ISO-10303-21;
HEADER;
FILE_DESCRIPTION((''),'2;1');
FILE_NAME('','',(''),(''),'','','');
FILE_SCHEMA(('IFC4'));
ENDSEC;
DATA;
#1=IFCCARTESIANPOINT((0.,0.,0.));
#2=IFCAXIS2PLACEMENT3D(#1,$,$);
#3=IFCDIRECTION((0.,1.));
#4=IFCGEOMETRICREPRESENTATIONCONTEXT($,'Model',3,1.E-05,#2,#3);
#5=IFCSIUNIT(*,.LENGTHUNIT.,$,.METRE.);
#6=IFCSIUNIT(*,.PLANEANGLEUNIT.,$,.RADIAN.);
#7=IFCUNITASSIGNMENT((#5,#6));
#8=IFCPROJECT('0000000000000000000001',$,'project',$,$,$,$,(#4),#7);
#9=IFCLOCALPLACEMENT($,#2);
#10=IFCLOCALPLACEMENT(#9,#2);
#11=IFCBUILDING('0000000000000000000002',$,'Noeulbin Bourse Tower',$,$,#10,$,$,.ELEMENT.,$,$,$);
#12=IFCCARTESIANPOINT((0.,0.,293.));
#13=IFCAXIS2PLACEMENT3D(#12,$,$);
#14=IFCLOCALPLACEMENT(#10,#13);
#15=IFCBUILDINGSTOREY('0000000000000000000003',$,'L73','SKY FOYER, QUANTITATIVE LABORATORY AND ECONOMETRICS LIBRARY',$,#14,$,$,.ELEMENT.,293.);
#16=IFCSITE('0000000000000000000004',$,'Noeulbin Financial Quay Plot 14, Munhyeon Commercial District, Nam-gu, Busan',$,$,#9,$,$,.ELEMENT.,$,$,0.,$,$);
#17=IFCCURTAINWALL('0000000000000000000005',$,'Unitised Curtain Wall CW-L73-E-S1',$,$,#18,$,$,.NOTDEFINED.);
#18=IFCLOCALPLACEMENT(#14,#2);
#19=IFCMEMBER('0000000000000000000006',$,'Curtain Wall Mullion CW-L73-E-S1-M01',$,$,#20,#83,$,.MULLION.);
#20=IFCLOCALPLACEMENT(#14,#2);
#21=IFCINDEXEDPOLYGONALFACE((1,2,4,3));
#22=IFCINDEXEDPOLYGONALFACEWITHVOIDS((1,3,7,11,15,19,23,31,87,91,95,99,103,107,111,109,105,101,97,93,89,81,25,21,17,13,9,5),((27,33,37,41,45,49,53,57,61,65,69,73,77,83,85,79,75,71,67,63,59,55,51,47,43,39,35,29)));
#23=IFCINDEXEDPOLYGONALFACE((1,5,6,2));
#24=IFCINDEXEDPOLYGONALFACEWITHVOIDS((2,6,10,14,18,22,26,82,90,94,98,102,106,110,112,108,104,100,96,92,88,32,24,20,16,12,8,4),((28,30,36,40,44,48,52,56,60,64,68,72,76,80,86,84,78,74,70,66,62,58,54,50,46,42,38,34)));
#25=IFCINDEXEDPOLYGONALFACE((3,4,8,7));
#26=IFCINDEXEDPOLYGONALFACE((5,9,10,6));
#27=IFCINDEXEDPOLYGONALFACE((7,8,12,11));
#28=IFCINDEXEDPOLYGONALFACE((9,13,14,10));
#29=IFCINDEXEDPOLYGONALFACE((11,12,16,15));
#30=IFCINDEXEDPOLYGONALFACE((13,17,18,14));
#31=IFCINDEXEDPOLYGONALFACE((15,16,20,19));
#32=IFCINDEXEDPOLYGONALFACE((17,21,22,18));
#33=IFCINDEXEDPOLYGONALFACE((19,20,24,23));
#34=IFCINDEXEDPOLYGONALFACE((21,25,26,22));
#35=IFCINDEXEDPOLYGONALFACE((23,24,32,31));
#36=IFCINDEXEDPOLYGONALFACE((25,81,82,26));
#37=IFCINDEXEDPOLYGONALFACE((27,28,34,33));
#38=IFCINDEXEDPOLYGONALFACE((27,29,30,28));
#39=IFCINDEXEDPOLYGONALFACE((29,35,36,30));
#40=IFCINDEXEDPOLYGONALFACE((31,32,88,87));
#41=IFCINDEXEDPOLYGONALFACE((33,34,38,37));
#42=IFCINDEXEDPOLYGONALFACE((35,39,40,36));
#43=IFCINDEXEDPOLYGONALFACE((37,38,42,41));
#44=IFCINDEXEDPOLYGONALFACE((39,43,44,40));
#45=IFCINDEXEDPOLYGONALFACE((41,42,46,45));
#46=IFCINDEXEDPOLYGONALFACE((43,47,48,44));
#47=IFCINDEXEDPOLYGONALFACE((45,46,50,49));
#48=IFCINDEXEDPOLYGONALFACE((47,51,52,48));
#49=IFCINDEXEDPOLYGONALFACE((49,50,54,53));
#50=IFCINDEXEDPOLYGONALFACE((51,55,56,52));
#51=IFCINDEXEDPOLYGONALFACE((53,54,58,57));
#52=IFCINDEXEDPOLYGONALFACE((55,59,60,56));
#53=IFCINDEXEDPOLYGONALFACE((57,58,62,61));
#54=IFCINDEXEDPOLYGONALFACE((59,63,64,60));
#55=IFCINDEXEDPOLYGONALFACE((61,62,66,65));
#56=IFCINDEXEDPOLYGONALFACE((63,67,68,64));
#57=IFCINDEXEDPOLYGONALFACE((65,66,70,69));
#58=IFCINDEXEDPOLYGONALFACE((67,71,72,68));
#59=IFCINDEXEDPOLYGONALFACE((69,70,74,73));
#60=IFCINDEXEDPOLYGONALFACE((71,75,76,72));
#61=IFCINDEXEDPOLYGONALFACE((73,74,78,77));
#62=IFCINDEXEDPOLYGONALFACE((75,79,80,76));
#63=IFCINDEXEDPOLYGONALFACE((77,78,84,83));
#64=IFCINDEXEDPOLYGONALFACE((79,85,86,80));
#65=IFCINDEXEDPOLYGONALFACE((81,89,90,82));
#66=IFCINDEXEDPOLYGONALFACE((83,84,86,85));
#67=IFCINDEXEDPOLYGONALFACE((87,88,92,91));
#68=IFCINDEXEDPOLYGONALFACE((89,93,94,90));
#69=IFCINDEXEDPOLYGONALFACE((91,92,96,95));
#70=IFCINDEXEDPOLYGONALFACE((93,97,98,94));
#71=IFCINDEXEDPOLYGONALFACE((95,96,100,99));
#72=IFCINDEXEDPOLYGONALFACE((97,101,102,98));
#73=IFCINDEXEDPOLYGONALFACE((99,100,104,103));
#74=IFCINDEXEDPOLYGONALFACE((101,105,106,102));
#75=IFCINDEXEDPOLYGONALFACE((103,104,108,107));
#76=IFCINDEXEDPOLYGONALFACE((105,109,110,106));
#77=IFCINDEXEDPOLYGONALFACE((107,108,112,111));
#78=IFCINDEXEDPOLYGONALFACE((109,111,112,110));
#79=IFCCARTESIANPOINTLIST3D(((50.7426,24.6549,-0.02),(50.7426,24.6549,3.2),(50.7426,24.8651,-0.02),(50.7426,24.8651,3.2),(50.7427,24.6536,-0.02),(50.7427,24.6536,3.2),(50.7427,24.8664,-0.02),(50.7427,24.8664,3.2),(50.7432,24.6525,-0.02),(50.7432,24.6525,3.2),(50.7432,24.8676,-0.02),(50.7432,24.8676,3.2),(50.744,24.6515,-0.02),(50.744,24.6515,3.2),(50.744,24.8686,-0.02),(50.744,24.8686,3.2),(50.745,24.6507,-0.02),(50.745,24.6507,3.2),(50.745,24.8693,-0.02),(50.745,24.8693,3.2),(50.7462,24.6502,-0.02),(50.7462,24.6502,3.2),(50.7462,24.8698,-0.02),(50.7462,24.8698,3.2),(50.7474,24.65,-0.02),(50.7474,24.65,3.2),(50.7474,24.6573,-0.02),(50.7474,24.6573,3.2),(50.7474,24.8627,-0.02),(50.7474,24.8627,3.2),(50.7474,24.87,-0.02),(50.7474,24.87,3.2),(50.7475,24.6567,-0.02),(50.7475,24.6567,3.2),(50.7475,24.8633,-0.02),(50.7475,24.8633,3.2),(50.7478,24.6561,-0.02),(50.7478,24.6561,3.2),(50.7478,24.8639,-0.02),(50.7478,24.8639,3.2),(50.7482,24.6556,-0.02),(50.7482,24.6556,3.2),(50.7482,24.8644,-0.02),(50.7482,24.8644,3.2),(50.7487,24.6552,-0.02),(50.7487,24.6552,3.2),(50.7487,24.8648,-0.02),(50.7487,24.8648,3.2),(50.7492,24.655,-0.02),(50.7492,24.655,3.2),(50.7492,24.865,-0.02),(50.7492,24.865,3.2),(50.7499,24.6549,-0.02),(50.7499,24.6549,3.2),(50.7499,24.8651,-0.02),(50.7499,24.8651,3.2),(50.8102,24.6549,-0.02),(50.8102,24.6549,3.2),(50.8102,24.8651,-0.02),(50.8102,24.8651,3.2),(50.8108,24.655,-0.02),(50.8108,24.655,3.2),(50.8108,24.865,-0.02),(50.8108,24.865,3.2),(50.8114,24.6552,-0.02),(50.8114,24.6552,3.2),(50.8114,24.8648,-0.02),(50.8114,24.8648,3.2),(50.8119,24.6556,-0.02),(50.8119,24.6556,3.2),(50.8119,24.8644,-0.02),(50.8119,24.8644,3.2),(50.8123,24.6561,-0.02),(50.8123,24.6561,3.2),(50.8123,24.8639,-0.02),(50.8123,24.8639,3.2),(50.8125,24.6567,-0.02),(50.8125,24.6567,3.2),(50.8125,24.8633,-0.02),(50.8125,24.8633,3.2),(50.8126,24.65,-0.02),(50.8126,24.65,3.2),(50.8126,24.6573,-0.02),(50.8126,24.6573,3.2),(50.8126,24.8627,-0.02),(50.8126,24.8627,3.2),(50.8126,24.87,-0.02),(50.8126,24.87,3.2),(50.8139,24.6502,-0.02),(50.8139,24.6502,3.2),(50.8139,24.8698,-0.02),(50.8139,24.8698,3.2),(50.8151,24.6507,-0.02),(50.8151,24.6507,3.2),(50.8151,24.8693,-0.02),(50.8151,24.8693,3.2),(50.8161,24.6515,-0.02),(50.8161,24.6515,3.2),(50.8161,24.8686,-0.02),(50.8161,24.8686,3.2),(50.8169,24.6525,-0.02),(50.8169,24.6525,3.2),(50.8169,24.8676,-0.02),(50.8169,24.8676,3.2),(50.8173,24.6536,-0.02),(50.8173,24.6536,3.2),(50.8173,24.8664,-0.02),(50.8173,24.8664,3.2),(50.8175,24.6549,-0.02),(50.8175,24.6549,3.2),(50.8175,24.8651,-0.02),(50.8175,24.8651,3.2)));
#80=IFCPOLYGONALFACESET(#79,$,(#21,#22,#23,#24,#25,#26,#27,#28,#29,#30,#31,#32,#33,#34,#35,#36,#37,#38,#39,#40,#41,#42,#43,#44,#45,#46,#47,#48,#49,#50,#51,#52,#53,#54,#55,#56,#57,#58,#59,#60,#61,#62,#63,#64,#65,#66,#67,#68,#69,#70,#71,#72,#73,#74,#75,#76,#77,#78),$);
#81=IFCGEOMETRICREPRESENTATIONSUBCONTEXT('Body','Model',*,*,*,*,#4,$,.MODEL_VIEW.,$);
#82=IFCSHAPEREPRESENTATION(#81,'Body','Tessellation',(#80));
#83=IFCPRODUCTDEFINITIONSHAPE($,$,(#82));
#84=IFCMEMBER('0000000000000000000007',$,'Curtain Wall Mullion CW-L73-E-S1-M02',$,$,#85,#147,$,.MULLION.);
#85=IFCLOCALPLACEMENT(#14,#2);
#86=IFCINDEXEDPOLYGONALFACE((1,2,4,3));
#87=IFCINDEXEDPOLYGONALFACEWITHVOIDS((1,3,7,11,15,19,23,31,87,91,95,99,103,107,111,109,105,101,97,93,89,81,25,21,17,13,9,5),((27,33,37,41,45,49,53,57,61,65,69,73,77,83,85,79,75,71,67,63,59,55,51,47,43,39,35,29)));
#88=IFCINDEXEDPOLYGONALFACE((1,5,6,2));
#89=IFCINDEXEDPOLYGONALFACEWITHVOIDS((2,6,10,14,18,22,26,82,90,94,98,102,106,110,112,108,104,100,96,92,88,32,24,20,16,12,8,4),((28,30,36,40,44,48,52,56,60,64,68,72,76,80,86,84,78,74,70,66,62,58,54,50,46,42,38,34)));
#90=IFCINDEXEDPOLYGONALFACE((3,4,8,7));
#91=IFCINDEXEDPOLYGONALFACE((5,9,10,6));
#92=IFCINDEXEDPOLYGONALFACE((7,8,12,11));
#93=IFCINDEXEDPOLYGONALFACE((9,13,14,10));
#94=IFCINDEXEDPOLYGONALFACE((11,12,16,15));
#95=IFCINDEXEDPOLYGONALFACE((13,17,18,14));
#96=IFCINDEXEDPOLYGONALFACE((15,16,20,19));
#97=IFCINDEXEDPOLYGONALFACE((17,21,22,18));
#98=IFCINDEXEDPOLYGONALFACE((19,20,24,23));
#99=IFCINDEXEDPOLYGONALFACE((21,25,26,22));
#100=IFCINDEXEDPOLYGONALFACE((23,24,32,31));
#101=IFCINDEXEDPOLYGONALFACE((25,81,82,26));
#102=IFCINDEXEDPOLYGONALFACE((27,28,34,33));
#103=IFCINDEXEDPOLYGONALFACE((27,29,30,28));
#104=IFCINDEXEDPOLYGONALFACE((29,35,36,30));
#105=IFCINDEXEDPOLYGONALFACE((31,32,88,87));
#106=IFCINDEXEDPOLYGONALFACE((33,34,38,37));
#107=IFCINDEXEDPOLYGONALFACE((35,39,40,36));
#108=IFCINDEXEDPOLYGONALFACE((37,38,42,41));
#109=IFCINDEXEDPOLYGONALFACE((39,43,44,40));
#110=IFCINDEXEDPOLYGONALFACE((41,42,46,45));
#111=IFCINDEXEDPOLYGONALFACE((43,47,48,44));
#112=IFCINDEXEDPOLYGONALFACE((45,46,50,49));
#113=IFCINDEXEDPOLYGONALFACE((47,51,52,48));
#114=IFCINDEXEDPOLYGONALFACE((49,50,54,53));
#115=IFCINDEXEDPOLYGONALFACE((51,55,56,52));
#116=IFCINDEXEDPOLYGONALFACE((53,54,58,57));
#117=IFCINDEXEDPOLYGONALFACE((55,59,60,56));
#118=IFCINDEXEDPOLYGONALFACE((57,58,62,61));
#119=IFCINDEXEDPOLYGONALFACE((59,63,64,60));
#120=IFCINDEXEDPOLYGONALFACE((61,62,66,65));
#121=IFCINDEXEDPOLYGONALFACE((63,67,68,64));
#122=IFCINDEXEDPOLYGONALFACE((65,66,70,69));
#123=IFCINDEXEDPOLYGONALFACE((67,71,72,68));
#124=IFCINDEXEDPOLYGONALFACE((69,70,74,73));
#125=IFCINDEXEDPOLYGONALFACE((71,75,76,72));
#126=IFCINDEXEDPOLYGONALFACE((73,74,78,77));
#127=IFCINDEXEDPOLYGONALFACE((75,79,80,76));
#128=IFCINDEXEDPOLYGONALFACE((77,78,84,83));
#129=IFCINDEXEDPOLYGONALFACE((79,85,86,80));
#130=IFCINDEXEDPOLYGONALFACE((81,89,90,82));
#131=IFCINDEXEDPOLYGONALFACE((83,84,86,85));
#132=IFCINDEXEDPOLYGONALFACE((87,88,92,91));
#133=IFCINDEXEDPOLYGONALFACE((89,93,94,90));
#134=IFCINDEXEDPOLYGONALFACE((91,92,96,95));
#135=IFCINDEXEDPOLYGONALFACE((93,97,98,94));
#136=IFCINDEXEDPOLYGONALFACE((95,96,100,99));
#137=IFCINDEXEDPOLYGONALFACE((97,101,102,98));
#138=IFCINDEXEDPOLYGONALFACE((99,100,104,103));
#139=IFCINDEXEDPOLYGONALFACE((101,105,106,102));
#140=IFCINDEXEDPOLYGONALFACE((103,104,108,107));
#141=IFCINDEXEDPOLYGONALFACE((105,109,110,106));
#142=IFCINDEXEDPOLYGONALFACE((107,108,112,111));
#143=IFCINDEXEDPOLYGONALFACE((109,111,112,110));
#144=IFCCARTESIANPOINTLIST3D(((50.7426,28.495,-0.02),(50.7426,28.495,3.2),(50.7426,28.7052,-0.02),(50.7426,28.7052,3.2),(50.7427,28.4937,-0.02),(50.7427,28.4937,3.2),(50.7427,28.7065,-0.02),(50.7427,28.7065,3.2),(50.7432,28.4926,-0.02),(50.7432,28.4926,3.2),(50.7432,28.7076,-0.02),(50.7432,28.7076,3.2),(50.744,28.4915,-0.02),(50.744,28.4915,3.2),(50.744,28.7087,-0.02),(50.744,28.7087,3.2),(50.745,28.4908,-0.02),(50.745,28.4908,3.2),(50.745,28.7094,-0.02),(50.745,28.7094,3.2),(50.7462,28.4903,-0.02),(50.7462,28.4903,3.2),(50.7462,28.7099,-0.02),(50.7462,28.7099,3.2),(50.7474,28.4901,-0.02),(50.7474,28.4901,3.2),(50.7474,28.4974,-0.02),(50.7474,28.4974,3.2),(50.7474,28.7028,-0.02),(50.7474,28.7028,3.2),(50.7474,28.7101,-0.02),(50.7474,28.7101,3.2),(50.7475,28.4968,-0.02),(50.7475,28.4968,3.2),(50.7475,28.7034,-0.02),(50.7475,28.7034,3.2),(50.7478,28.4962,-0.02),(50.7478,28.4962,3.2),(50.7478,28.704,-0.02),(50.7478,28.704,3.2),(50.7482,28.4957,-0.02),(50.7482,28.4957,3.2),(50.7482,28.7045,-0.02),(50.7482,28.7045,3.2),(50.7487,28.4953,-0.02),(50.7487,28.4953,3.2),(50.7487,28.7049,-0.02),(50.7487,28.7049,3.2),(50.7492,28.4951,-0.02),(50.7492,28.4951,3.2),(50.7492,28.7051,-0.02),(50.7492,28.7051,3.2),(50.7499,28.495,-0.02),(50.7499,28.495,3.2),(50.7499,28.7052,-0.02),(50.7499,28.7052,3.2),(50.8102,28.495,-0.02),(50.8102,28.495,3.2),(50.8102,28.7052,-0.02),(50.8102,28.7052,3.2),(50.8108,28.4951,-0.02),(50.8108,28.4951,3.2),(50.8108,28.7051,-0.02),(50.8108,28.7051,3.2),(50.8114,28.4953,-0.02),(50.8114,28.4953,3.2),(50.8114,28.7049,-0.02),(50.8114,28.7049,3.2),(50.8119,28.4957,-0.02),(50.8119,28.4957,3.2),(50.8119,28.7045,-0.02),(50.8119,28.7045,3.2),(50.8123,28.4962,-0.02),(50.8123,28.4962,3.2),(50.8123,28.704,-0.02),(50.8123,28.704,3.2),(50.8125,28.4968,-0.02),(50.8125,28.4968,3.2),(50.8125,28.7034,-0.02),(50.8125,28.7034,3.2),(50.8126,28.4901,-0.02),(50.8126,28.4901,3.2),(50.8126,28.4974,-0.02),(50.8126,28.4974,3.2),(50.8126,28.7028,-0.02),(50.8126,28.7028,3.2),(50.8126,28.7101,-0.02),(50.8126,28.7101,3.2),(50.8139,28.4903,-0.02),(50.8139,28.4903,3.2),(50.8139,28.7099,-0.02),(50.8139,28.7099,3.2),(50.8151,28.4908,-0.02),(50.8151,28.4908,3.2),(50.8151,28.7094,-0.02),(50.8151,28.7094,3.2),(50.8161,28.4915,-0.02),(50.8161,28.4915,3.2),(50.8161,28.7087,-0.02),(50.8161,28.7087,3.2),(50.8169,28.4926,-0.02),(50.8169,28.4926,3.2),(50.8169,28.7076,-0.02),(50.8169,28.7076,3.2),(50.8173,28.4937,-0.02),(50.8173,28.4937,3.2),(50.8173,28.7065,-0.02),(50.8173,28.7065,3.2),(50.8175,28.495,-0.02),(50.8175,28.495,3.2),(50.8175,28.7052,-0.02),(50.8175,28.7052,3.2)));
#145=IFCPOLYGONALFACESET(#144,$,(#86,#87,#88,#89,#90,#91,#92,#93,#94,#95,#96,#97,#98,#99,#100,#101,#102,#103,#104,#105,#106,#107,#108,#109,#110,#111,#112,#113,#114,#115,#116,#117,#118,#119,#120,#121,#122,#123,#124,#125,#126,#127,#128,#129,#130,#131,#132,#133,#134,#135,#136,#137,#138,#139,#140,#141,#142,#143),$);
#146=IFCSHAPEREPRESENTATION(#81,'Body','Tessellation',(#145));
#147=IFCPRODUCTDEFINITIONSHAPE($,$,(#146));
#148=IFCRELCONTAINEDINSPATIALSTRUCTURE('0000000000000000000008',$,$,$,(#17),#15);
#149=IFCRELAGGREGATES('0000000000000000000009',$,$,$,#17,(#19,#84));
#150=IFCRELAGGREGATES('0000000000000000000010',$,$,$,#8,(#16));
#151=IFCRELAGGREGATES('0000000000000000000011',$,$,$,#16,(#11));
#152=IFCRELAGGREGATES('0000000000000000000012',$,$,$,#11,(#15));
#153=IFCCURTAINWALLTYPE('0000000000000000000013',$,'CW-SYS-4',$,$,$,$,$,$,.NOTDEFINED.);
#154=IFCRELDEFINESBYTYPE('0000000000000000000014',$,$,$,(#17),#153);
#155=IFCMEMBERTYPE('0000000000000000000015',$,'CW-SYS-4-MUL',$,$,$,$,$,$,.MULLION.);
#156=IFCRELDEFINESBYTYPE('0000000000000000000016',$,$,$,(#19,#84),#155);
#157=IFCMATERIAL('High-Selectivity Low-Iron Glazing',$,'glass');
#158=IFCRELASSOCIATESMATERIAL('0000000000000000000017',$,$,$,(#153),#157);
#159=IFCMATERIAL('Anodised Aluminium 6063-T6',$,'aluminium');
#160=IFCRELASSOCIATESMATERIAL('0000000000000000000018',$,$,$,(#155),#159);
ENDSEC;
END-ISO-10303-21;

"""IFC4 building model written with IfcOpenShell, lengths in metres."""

from ifc_helpers import new_model, si_unit, direction, frame, origin, origin_2d, place, context, subcontext, project, spatial, hollow_rectangle, extrude, material, material_profile, profile_set, type_object, element, aggregate, save


model = new_model("IFC4")

# Units and contexts
model_context = context("Model", 3, precision=1e-05, world=origin(), true_north=direction((0.0, 1.0)))
body_context = subcontext(model_context, "Body", "Model", "MODEL_VIEW")
ifc_project = project(units=[si_unit("LENGTHUNIT", "METRE"), si_unit("PLANEANGLEUNIT", "RADIAN")], contexts=[model_context])

# Site, building, storey
site_placement = place(None, origin())
site = spatial("IfcSite", under=ifc_project, at=site_placement, Name="Noeulbin Financial Quay Plot 14, Munhyeon Commercial District, Nam-gu, Busan", CompositionType="ELEMENT", RefElevation=0.0)
building_placement = place(site_placement, origin())
building = spatial("IfcBuilding", under=site, at=building_placement, Name="Noeulbin Bourse Tower", CompositionType="ELEMENT")
storey_placement = place(building_placement, frame((0.0, 0.0, 293.0)))
storey = spatial("IfcBuildingStorey", under=building, at=storey_placement, Name="L73", Description="SKY FOYER, QUANTITATIVE LABORATORY AND ECONOMETRICS LIBRARY", CompositionType="ELEMENT", Elevation=293.0)

# Curtain wall, members
ifc_material_1 = material(Name="High-Selectivity Low-Iron Glazing", Category="glass")
curtain_wall_type = type_object("IfcCurtainWallType", Name="CW-SYS-4", PredefinedType="NOTDEFINED", material=ifc_material_1)
ifc_material_2 = material(Name="Anodised Aluminium 6063-T6", Category="aluminium")
ifc_material_profile_1 = material_profile(ifc_material_2, hollow_rectangle(XDim=0.075, YDim=0.22, WallThickness=0.0049, InnerFilletRadius=0.0024, OuterFilletRadius=0.0049, at=origin_2d()), Name="ALU-MULL-75x220x5", Category="LoadBearing")
ifc_profile_set_1 = profile_set([ifc_material_profile_1], Name="Anodised Aluminium 6063-T6")
member_type_1 = type_object("IfcMemberType", Name="CW-SYS-4-MUL", PredefinedType="MULLION", material=ifc_profile_set_1)
curtain_wall_1_placement = place(storey_placement, origin())
curtain_wall_1 = element("IfcCurtainWall", 1, at=curtain_wall_1_placement, inside=storey, type_object=curtain_wall_type, Name="Unitised Curtain Wall CW-L73-E-S1", PredefinedType="NOTDEFINED")
member_1_placement = place(storey_placement, frame((50.78, 24.76, -0.02), z_axis=(0.0, 0.0, 1.0), x_axis=(1.0, 0.0, 0.0)))
member_1 = element("IfcMember", 2, at=member_1_placement, type_object=member_type_1, Name="Curtain Wall Mullion CW-L73-E-S1-M01", PredefinedType="MULLION", context=body_context, shape_type="SweptSolid", body=[
    extrude(hollow_rectangle(XDim=0.075, YDim=0.22, WallThickness=0.0049, InnerFilletRadius=0.0024, OuterFilletRadius=0.0049, at=origin_2d()), origin(), (0.0, 0.0, 1.0), 3.22),
])
member_2_placement = place(storey_placement, frame((50.78, 28.6001, -0.02), z_axis=(0.0, 0.0, 1.0), x_axis=(1.0, 0.0, 0.0)))
member_2 = element("IfcMember", 3, at=member_2_placement, type_object=member_type_1, Name="Curtain Wall Mullion CW-L73-E-S1-M02", PredefinedType="MULLION", context=body_context, shape_type="SweptSolid", body=[
    extrude(hollow_rectangle(XDim=0.075, YDim=0.22, WallThickness=0.0049, InnerFilletRadius=0.0024, OuterFilletRadius=0.0049, at=origin_2d()), origin(), (0.0, 0.0, 1.0), 3.22),
])

aggregate(curtain_wall_1, [member_1, member_2])

save(model, "model.ifc")
